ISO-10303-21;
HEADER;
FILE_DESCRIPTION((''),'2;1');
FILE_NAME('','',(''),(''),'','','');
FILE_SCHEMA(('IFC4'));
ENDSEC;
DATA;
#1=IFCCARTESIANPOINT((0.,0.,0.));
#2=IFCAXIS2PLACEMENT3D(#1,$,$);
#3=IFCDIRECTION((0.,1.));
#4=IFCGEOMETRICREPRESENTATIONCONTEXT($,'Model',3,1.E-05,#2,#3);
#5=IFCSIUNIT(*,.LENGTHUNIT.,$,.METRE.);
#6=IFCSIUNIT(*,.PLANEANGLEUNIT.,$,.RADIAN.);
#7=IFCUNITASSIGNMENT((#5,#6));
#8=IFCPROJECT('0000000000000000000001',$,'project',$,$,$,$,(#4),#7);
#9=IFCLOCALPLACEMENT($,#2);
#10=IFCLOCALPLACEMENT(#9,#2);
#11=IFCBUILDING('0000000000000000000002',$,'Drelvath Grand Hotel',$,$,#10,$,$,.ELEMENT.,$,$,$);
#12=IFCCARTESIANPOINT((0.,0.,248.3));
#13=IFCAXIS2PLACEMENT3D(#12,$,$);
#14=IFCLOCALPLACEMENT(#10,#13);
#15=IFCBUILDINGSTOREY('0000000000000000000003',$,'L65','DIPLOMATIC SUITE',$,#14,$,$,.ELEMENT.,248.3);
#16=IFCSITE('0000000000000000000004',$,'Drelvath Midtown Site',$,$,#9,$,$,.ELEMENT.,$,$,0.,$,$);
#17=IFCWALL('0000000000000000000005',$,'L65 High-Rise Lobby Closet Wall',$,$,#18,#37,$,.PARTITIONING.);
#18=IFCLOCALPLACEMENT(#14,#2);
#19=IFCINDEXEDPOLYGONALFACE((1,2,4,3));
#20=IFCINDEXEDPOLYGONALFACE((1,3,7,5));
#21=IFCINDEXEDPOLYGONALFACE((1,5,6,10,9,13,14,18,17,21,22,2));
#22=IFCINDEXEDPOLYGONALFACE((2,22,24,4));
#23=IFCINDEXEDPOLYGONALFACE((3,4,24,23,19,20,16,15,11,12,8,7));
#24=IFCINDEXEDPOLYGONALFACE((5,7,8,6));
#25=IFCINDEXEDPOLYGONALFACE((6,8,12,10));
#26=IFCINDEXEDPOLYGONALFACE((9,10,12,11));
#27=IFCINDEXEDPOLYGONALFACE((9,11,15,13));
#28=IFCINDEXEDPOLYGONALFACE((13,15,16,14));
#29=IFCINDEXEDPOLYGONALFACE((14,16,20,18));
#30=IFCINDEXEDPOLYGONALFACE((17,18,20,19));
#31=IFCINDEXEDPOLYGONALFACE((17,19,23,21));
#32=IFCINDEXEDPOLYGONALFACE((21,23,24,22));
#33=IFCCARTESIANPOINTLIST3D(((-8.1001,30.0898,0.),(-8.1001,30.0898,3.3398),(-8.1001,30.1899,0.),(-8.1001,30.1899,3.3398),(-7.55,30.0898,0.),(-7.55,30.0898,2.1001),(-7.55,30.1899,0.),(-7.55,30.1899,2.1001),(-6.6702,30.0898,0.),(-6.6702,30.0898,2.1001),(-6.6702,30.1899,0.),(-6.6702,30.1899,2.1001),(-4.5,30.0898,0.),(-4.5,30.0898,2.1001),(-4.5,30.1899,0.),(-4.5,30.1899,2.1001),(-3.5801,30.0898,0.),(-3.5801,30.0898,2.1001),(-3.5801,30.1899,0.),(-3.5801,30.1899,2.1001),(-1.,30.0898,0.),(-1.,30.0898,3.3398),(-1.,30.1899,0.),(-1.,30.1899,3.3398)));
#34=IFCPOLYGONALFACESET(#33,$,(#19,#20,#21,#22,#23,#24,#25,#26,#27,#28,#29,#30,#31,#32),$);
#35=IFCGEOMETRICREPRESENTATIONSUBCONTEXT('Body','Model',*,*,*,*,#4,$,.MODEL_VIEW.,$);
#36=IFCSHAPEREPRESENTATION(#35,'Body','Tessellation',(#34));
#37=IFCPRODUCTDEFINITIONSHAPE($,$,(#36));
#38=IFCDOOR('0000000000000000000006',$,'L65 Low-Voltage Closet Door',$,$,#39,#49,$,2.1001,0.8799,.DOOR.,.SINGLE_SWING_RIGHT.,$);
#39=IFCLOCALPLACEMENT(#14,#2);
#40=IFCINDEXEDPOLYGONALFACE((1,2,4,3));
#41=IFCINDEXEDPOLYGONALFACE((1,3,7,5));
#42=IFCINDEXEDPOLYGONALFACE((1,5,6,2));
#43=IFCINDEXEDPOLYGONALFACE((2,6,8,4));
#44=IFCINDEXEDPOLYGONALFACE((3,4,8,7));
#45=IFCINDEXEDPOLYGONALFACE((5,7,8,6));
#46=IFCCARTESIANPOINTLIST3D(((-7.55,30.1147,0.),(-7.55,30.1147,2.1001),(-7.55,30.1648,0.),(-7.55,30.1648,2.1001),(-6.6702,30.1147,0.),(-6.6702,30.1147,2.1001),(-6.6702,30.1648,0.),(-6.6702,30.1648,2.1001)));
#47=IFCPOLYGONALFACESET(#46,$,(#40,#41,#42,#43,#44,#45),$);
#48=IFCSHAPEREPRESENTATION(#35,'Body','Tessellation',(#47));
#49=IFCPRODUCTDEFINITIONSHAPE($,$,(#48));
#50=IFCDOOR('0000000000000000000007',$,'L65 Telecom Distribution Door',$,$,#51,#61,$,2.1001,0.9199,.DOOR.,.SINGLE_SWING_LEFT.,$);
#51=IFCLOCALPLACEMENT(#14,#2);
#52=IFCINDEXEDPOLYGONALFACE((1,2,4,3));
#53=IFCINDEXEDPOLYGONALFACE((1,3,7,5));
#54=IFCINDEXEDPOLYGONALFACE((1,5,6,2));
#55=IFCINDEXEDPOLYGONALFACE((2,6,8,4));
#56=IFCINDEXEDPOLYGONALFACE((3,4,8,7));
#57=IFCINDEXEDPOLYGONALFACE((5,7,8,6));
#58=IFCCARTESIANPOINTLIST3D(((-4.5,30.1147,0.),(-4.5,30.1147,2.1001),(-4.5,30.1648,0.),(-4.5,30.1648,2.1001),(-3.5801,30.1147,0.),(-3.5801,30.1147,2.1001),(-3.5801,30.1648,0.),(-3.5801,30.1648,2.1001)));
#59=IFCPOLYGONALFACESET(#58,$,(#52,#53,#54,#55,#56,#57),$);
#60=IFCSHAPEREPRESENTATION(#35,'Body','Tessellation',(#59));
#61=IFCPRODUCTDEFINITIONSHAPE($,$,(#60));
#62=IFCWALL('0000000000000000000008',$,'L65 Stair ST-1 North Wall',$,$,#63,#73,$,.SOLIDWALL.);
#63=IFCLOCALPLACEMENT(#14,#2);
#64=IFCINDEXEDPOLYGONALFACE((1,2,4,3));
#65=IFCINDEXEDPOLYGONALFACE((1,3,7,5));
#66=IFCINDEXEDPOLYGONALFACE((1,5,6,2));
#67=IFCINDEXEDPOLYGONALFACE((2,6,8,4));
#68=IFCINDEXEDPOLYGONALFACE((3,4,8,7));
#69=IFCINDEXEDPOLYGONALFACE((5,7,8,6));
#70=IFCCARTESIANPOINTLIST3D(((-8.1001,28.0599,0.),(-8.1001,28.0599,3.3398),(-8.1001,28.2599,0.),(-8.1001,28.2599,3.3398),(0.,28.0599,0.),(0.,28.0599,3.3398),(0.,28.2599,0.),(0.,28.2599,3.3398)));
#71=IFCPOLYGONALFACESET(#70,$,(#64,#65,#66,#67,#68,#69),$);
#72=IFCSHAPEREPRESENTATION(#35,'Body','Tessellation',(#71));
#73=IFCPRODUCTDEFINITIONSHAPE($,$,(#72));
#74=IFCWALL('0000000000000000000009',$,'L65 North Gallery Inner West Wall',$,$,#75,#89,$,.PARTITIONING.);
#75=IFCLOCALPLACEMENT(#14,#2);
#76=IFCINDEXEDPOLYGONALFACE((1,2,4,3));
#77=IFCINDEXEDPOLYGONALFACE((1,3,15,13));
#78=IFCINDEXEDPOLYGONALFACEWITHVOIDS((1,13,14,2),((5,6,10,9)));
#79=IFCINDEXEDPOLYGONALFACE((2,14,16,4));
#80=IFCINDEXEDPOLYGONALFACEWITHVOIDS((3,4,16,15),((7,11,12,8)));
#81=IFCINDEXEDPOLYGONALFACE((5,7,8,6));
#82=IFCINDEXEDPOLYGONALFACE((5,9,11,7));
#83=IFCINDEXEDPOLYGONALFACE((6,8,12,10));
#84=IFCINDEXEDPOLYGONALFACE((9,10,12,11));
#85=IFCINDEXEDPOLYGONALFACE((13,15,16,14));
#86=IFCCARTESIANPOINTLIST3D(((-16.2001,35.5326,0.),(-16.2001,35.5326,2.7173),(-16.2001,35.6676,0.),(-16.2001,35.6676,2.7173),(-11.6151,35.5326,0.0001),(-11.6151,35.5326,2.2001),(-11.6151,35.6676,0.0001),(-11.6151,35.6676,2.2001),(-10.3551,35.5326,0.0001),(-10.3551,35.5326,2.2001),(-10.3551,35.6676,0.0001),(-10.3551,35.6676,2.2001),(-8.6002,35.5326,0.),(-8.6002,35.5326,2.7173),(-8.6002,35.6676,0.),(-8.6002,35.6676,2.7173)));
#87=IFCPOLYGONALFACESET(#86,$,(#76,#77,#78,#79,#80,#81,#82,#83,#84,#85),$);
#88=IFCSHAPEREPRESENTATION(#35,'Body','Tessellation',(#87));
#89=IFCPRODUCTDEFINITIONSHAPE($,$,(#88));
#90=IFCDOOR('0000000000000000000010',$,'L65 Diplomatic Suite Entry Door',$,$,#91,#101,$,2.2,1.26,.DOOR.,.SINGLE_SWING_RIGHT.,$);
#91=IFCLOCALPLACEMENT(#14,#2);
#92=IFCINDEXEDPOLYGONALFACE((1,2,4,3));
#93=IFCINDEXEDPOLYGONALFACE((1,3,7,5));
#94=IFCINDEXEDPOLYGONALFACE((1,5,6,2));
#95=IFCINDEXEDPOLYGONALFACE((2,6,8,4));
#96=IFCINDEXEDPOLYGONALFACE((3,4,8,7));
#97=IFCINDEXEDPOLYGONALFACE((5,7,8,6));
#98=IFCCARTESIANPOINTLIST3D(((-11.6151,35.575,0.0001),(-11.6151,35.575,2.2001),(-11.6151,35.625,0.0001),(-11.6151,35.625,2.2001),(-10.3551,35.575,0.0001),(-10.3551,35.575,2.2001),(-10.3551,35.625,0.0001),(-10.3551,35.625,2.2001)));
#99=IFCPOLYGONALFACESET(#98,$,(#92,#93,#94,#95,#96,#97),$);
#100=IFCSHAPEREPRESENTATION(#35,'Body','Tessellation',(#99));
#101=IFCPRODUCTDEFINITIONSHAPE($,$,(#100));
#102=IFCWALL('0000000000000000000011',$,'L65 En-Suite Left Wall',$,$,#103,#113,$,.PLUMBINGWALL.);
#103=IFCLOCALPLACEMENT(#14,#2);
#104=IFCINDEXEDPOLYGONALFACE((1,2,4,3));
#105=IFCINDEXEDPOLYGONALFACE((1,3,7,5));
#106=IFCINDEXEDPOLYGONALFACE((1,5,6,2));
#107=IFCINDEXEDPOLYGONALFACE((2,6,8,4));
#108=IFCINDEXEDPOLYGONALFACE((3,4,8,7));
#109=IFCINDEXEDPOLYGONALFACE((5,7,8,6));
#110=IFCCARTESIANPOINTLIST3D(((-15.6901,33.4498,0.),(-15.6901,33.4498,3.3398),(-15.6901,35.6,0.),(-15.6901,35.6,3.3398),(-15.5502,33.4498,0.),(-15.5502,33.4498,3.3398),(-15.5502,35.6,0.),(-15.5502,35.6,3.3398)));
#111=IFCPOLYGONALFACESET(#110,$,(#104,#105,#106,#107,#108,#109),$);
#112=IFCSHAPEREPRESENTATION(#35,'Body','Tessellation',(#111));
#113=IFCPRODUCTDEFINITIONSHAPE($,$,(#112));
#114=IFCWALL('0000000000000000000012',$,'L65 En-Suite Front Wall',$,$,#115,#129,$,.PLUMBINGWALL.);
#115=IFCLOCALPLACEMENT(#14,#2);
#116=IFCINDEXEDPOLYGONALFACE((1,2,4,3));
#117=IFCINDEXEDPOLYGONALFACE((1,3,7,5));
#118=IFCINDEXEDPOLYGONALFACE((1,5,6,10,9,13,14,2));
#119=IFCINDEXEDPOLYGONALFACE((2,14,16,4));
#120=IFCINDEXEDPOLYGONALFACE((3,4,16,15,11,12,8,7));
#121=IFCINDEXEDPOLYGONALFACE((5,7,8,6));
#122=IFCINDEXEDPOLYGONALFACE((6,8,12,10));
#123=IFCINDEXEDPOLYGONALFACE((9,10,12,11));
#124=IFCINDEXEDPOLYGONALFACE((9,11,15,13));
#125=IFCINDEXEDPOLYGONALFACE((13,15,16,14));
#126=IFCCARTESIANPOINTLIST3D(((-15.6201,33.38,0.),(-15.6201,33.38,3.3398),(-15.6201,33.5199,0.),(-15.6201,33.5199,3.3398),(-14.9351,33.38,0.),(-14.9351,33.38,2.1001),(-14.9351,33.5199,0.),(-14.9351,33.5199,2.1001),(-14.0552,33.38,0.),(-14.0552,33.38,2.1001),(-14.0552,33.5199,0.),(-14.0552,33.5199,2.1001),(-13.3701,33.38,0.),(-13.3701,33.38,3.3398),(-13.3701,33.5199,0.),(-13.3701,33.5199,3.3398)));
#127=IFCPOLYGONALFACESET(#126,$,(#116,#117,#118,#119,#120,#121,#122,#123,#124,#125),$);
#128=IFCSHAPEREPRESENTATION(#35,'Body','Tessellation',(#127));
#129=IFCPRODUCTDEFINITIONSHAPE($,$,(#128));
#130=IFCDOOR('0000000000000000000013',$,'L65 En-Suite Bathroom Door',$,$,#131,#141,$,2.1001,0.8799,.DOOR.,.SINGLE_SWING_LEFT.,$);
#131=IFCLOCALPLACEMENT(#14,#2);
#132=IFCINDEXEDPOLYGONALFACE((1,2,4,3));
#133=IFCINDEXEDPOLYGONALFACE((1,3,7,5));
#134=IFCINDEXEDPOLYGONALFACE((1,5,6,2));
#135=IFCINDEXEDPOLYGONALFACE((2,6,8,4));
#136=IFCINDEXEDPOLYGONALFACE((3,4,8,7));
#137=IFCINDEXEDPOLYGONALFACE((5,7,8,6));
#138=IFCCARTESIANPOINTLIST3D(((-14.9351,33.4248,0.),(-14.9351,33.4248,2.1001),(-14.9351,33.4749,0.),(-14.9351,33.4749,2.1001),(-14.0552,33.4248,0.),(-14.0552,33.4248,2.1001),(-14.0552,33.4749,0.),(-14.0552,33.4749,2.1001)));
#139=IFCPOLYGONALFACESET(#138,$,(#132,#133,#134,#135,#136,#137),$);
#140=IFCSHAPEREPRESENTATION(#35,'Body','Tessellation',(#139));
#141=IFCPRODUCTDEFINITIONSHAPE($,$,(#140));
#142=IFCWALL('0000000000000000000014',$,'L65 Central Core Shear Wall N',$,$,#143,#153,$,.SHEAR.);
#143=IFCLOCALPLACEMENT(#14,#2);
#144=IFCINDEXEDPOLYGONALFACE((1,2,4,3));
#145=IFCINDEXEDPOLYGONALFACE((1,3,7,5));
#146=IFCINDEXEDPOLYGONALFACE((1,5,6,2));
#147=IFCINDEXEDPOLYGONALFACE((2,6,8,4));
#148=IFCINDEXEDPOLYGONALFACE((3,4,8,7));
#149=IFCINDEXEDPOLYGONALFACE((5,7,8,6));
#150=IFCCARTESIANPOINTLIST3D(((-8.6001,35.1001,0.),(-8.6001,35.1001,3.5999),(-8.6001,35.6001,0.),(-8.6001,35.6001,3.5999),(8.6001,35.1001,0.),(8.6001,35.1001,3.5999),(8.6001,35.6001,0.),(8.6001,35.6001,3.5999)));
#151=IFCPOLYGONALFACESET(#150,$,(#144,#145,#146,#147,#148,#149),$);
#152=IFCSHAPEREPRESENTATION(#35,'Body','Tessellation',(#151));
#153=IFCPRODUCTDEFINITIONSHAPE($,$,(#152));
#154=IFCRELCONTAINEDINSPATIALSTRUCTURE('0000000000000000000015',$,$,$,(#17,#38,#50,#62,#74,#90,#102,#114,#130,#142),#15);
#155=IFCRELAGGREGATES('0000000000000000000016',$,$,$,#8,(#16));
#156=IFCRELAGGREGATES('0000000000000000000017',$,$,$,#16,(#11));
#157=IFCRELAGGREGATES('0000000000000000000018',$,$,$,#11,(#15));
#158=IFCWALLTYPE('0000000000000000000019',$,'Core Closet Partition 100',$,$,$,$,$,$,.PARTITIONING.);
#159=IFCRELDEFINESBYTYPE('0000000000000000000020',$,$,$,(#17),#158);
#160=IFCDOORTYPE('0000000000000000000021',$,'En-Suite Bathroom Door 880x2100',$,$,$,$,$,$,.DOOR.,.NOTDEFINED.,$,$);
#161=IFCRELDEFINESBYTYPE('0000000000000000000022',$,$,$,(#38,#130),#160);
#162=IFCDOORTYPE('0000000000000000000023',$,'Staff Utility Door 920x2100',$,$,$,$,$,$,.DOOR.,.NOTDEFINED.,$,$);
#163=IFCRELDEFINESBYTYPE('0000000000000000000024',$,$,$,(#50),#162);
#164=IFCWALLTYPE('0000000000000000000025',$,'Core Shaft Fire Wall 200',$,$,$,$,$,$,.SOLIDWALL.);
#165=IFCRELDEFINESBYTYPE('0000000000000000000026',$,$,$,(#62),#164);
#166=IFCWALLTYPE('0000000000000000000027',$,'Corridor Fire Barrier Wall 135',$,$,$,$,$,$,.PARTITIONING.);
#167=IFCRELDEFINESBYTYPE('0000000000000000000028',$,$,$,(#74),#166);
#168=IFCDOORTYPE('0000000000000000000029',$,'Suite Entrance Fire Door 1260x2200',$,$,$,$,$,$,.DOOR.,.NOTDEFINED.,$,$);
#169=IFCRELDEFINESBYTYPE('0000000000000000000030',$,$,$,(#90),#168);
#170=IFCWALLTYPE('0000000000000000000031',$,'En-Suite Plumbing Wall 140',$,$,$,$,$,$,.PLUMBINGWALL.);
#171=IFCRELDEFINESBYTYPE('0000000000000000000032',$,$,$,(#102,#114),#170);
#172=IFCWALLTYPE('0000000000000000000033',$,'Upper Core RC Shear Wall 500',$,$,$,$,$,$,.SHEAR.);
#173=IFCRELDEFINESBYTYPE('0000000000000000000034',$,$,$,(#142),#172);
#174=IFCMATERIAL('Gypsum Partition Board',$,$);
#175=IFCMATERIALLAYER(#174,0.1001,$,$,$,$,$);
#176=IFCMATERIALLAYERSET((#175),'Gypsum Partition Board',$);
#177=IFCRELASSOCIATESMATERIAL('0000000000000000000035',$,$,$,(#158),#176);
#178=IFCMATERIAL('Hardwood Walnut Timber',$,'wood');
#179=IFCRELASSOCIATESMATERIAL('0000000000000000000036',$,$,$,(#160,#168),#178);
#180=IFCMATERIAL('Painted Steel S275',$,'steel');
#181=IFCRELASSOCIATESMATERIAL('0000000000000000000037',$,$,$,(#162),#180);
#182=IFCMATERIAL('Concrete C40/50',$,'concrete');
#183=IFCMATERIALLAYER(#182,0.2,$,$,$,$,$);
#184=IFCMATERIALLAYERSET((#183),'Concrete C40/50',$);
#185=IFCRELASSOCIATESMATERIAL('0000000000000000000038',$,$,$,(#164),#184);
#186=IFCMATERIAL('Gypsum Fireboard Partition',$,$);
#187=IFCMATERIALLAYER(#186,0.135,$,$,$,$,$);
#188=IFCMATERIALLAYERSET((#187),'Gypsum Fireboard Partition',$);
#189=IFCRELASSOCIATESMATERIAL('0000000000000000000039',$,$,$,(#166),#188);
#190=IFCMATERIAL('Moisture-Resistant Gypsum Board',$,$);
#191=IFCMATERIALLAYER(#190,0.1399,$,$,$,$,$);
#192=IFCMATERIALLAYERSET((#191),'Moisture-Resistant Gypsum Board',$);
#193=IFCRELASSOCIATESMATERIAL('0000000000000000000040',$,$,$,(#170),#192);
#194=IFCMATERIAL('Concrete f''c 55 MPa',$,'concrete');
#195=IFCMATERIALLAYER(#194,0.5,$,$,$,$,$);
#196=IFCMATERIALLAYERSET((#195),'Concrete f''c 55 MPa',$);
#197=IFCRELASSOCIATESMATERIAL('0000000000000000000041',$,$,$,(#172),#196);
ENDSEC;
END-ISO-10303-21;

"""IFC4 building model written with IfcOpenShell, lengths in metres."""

from ifc_helpers import new_model, si_unit, direction, frame, frame_2d, origin, place, context, subcontext, project, spatial, rectangle, extrude, material, layer, layer_set, type_object, element, fill, save


model = new_model("IFC4")

# Units and contexts
model_context = context("Model", 3, precision=1e-05, world=origin(), true_north=direction((0.0, 1.0)))
body_context = subcontext(model_context, "Body", "Model", "MODEL_VIEW")
ifc_project = project(units=[si_unit("LENGTHUNIT", "METRE"), si_unit("PLANEANGLEUNIT", "RADIAN")], contexts=[model_context])

# Site, building, storey
site_placement = place(None, origin())
site = spatial("IfcSite", under=ifc_project, at=site_placement, Name="Drelvath Midtown Site", CompositionType="ELEMENT", RefElevation=0.0)
building_placement = place(site_placement, origin())
building = spatial("IfcBuilding", under=site, at=building_placement, Name="Drelvath Grand Hotel", CompositionType="ELEMENT")
storey_placement = place(building_placement, frame((0.0, 0.0, 248.3)))
storey = spatial("IfcBuildingStorey", under=building, at=storey_placement, Name="L65", Description="DIPLOMATIC SUITE", CompositionType="ELEMENT", Elevation=248.3)

# Shared definitions
ifc_material_1 = material(Name="Concrete f'c 55 MPa", Category="concrete")

# Wall, openings, doors
ifc_material_2 = material(Name="Gypsum Partition Board")
ifc_layer_1 = layer(ifc_material_2, 0.1001)
ifc_layer_set_1 = layer_set([ifc_layer_1], Name="Gypsum Partition Board")
wall_type_1 = type_object("IfcWallType", Name="Core Closet Partition 100", PredefinedType="PARTITIONING", material=ifc_layer_set_1)
wall_1_placement = place(storey_placement, frame((-8.1001, 30.1399, 0.0), z_axis=(0.0, 0.0, 1.0), x_axis=(1.0, 0.0, 0.0)))
wall_1 = element("IfcWall", 1, at=wall_1_placement, inside=storey, type_object=wall_type_1, Name="L65 High-Rise Lobby Closet Wall", PredefinedType="PARTITIONING", context=body_context, shape_type="SweptSolid", body=[
    extrude(rectangle(XDim=7.1001, YDim=0.1001, at=frame_2d((3.55, 0.0))), origin(), (0.0, 0.0, 1.0), 3.3398),
])
opening_1_placement = place(wall_1_placement, frame((0.55, 0.0, 0.0)))
opening_1 = element("IfcOpeningElement", 2, at=opening_1_placement, cuts=wall_1, PredefinedType="OPENING", context=body_context, shape_type="SweptSolid", body=[
    extrude(rectangle(XDim=0.8799, YDim=2.1001, at=frame_2d((0.4399, 1.05))), frame((0.0, 0.0601, 0.0), z_axis=(0.0, -1.0, 0.0), x_axis=(1.0, 0.0, 0.0)), (0.0, 0.0, 1.0), 0.1201),
])
opening_2_placement = place(wall_1_placement, frame((3.6001, 0.0, 0.0)))
opening_2 = element("IfcOpeningElement", 3, at=opening_2_placement, cuts=wall_1, PredefinedType="OPENING", context=body_context, shape_type="SweptSolid", body=[
    extrude(rectangle(XDim=0.9199, YDim=2.1001, at=frame_2d((0.46, 1.05))), frame((0.0, 0.0601, 0.0), z_axis=(0.0, -1.0, 0.0), x_axis=(1.0, 0.0, 0.0)), (0.0, 0.0, 1.0), 0.1201),
])
ifc_material_3 = material(Name="Hardwood Walnut Timber", Category="wood")
door_type_1 = type_object("IfcDoorType", Name="En-Suite Bathroom Door 880x2100", OperationType="NOTDEFINED", PredefinedType="DOOR", material=ifc_material_3)
door_1_placement = place(opening_1_placement, origin())
door_1 = element("IfcDoor", 4, at=door_1_placement, inside=storey, type_object=door_type_1, Name="L65 Low-Voltage Closet Door", OperationType="SINGLE_SWING_RIGHT", OverallHeight=2.1001, OverallWidth=0.8799, PredefinedType="DOOR", context=body_context, shape_type="SweptSolid", body=[
    extrude(rectangle(XDim=0.8799, YDim=2.1001, at=frame_2d((0.4399, 1.05))), frame((0.0, 0.0249, 0.0), z_axis=(0.0, -1.0, 0.0), x_axis=(1.0, 0.0, 0.0)), (0.0, 0.0, 1.0), 0.05),
])
fill(opening_1, door_1)
ifc_material_4 = material(Name="Painted Steel S275", Category="steel")
door_type_2 = type_object("IfcDoorType", Name="Staff Utility Door 920x2100", OperationType="NOTDEFINED", PredefinedType="DOOR", material=ifc_material_4)
door_2_placement = place(opening_2_placement, origin())
door_2 = element("IfcDoor", 5, at=door_2_placement, inside=storey, type_object=door_type_2, Name="L65 Telecom Distribution Door", OperationType="SINGLE_SWING_LEFT", OverallHeight=2.1001, OverallWidth=0.9199, PredefinedType="DOOR", context=body_context, shape_type="SweptSolid", body=[
    extrude(rectangle(XDim=0.9199, YDim=2.1001, at=frame_2d((0.46, 1.05))), frame((0.0, 0.0249, 0.0), z_axis=(0.0, -1.0, 0.0), x_axis=(1.0, 0.0, 0.0)), (0.0, 0.0, 1.0), 0.05),
])
fill(opening_2, door_2)

# Wall
ifc_material_5 = material(Name="Concrete C40/50", Category="concrete")
ifc_layer_2 = layer(ifc_material_5, 0.2)
ifc_layer_set_2 = layer_set([ifc_layer_2], Name="Concrete C40/50")
wall_type_2 = type_object("IfcWallType", Name="Core Shaft Fire Wall 200", PredefinedType="SOLIDWALL", material=ifc_layer_set_2)
wall_2_placement = place(storey_placement, frame((-8.1001, 28.1599, 0.0), z_axis=(0.0, 0.0, 1.0), x_axis=(1.0, 0.0, 0.0)))
element("IfcWall", 6, at=wall_2_placement, inside=storey, type_object=wall_type_2, Name="L65 Stair ST-1 North Wall", PredefinedType="SOLIDWALL", context=body_context, shape_type="SweptSolid", body=[
    extrude(rectangle(XDim=8.1001, YDim=0.2, at=frame_2d((4.05, 0.0))), origin(), (0.0, 0.0, 1.0), 3.3398),
])

# Wall, opening, door
ifc_material_6 = material(Name="Gypsum Fireboard Partition")
ifc_layer_3 = layer(ifc_material_6, 0.135)
ifc_layer_set_3 = layer_set([ifc_layer_3], Name="Gypsum Fireboard Partition")
wall_type_3 = type_object("IfcWallType", Name="Corridor Fire Barrier Wall 135", PredefinedType="PARTITIONING", material=ifc_layer_set_3)
wall_3_placement = place(storey_placement, frame((-16.2, 35.6001, 0.0), z_axis=(0.0, 0.0, 1.0), x_axis=(1.0, 0.0, 0.0)))
wall_3 = element("IfcWall", 7, at=wall_3_placement, inside=storey, type_object=wall_type_3, Name="L65 North Gallery Inner West Wall", PredefinedType="PARTITIONING", context=body_context, shape_type="SweptSolid", body=[
    extrude(rectangle(XDim=7.5999, YDim=0.135, at=frame_2d((3.7998, 0.0))), origin(), (0.0, 0.0, 1.0), 2.7173),
])
opening_3_placement = place(wall_3_placement, frame((4.585, 0.0, 0.0)))
opening_3 = element("IfcOpeningElement", 8, at=opening_3_placement, cuts=wall_3, PredefinedType="OPENING", context=body_context, shape_type="SweptSolid", body=[
    extrude(rectangle(XDim=1.26, YDim=2.2, at=frame_2d((0.6299, 1.1001))), frame((0.0, 0.0774, 0.0), z_axis=(0.0, -1.0, 0.0), x_axis=(1.0, 0.0, 0.0)), (0.0, 0.0, 1.0), 0.155),
])
door_type_3 = type_object("IfcDoorType", Name="Suite Entrance Fire Door 1260x2200", OperationType="NOTDEFINED", PredefinedType="DOOR", material=ifc_material_3)
door_3_placement = place(opening_3_placement, origin())
door_3 = element("IfcDoor", 9, at=door_3_placement, inside=storey, type_object=door_type_3, Name="L65 Diplomatic Suite Entry Door", OperationType="SINGLE_SWING_RIGHT", OverallHeight=2.2, OverallWidth=1.26, PredefinedType="DOOR", context=body_context, shape_type="SweptSolid", body=[
    extrude(rectangle(XDim=1.26, YDim=2.2, at=frame_2d((0.6299, 1.1001))), frame((0.0, 0.0249, 0.0), z_axis=(0.0, -1.0, 0.0), x_axis=(1.0, 0.0, 0.0)), (0.0, 0.0, 1.0), 0.05),
])
fill(opening_3, door_3)

# Wall
ifc_material_7 = material(Name="Moisture-Resistant Gypsum Board")
ifc_layer_4 = layer(ifc_material_7, 0.1399)
ifc_layer_set_4 = layer_set([ifc_layer_4], Name="Moisture-Resistant Gypsum Board")
wall_type_4 = type_object("IfcWallType", Name="En-Suite Plumbing Wall 140", PredefinedType="PLUMBINGWALL", material=ifc_layer_set_4)
wall_4_placement = place(storey_placement, frame((-15.6201, 35.6001, 0.0), z_axis=(0.0, 0.0, 1.0), x_axis=(0.0, -1.0, 0.0)))
element("IfcWall", 10, at=wall_4_placement, inside=storey, type_object=wall_type_4, Name="L65 En-Suite Left Wall", PredefinedType="PLUMBINGWALL", context=body_context, shape_type="SweptSolid", body=[
    extrude(rectangle(XDim=2.1501, YDim=0.1399, at=frame_2d((1.0752, 0.0))), origin(), (0.0, 0.0, 1.0), 3.3398),
])

# Wall, opening, door
wall_5_placement = place(storey_placement, frame((-15.6201, 33.45, 0.0), z_axis=(0.0, 0.0, 1.0), x_axis=(1.0, 0.0, 0.0)))
wall_5 = element("IfcWall", 11, at=wall_5_placement, inside=storey, type_object=wall_type_4, Name="L65 En-Suite Front Wall", PredefinedType="PLUMBINGWALL", context=body_context, shape_type="SweptSolid", body=[
    extrude(rectangle(XDim=2.25, YDim=0.1399, at=frame_2d((1.125, 0.0))), origin(), (0.0, 0.0, 1.0), 3.3398),
])
opening_4_placement = place(wall_5_placement, frame((0.6851, 0.0, 0.0)))
opening_4 = element("IfcOpeningElement", 12, at=opening_4_placement, cuts=wall_5, PredefinedType="OPENING", context=body_context, shape_type="SweptSolid", body=[
    extrude(rectangle(XDim=0.8799, YDim=2.1001, at=frame_2d((0.4399, 1.05))), frame((0.0, 0.0798, 0.0), z_axis=(0.0, -1.0, 0.0), x_axis=(1.0, 0.0, 0.0)), (0.0, 0.0, 1.0), 0.1599),
])
door_4_placement = place(opening_4_placement, origin())
door_4 = element("IfcDoor", 13, at=door_4_placement, inside=storey, type_object=door_type_1, Name="L65 En-Suite Bathroom Door", OperationType="SINGLE_SWING_LEFT", OverallHeight=2.1001, OverallWidth=0.8799, PredefinedType="DOOR", context=body_context, shape_type="SweptSolid", body=[
    extrude(rectangle(XDim=0.8799, YDim=2.1001, at=frame_2d((0.4399, 1.05))), frame((0.0, 0.0249, 0.0), z_axis=(0.0, -1.0, 0.0), x_axis=(1.0, 0.0, 0.0)), (0.0, 0.0, 1.0), 0.05),
])
fill(opening_4, door_4)

# Wall
ifc_layer_5 = layer(ifc_material_1, 0.5)
ifc_layer_set_5 = layer_set([ifc_layer_5], Name="Concrete f'c 55 MPa")
wall_type_5 = type_object("IfcWallType", Name="Upper Core RC Shear Wall 500", PredefinedType="SHEAR", material=ifc_layer_set_5)
wall_6_placement = place(storey_placement, frame((-8.6001, 35.3501, 0.0), z_axis=(0.0, 0.0, 1.0), x_axis=(1.0, 0.0, 0.0)))
element("IfcWall", 14, at=wall_6_placement, inside=storey, type_object=wall_type_5, Name="L65 Central Core Shear Wall N", PredefinedType="SHEAR", context=body_context, shape_type="SweptSolid", body=[
    extrude(rectangle(XDim=17.2002, YDim=0.5, at=frame_2d((8.6001, 0.0))), origin(), (0.0, 0.0, 1.0), 3.5999),
])

save(model, "model.ifc")
